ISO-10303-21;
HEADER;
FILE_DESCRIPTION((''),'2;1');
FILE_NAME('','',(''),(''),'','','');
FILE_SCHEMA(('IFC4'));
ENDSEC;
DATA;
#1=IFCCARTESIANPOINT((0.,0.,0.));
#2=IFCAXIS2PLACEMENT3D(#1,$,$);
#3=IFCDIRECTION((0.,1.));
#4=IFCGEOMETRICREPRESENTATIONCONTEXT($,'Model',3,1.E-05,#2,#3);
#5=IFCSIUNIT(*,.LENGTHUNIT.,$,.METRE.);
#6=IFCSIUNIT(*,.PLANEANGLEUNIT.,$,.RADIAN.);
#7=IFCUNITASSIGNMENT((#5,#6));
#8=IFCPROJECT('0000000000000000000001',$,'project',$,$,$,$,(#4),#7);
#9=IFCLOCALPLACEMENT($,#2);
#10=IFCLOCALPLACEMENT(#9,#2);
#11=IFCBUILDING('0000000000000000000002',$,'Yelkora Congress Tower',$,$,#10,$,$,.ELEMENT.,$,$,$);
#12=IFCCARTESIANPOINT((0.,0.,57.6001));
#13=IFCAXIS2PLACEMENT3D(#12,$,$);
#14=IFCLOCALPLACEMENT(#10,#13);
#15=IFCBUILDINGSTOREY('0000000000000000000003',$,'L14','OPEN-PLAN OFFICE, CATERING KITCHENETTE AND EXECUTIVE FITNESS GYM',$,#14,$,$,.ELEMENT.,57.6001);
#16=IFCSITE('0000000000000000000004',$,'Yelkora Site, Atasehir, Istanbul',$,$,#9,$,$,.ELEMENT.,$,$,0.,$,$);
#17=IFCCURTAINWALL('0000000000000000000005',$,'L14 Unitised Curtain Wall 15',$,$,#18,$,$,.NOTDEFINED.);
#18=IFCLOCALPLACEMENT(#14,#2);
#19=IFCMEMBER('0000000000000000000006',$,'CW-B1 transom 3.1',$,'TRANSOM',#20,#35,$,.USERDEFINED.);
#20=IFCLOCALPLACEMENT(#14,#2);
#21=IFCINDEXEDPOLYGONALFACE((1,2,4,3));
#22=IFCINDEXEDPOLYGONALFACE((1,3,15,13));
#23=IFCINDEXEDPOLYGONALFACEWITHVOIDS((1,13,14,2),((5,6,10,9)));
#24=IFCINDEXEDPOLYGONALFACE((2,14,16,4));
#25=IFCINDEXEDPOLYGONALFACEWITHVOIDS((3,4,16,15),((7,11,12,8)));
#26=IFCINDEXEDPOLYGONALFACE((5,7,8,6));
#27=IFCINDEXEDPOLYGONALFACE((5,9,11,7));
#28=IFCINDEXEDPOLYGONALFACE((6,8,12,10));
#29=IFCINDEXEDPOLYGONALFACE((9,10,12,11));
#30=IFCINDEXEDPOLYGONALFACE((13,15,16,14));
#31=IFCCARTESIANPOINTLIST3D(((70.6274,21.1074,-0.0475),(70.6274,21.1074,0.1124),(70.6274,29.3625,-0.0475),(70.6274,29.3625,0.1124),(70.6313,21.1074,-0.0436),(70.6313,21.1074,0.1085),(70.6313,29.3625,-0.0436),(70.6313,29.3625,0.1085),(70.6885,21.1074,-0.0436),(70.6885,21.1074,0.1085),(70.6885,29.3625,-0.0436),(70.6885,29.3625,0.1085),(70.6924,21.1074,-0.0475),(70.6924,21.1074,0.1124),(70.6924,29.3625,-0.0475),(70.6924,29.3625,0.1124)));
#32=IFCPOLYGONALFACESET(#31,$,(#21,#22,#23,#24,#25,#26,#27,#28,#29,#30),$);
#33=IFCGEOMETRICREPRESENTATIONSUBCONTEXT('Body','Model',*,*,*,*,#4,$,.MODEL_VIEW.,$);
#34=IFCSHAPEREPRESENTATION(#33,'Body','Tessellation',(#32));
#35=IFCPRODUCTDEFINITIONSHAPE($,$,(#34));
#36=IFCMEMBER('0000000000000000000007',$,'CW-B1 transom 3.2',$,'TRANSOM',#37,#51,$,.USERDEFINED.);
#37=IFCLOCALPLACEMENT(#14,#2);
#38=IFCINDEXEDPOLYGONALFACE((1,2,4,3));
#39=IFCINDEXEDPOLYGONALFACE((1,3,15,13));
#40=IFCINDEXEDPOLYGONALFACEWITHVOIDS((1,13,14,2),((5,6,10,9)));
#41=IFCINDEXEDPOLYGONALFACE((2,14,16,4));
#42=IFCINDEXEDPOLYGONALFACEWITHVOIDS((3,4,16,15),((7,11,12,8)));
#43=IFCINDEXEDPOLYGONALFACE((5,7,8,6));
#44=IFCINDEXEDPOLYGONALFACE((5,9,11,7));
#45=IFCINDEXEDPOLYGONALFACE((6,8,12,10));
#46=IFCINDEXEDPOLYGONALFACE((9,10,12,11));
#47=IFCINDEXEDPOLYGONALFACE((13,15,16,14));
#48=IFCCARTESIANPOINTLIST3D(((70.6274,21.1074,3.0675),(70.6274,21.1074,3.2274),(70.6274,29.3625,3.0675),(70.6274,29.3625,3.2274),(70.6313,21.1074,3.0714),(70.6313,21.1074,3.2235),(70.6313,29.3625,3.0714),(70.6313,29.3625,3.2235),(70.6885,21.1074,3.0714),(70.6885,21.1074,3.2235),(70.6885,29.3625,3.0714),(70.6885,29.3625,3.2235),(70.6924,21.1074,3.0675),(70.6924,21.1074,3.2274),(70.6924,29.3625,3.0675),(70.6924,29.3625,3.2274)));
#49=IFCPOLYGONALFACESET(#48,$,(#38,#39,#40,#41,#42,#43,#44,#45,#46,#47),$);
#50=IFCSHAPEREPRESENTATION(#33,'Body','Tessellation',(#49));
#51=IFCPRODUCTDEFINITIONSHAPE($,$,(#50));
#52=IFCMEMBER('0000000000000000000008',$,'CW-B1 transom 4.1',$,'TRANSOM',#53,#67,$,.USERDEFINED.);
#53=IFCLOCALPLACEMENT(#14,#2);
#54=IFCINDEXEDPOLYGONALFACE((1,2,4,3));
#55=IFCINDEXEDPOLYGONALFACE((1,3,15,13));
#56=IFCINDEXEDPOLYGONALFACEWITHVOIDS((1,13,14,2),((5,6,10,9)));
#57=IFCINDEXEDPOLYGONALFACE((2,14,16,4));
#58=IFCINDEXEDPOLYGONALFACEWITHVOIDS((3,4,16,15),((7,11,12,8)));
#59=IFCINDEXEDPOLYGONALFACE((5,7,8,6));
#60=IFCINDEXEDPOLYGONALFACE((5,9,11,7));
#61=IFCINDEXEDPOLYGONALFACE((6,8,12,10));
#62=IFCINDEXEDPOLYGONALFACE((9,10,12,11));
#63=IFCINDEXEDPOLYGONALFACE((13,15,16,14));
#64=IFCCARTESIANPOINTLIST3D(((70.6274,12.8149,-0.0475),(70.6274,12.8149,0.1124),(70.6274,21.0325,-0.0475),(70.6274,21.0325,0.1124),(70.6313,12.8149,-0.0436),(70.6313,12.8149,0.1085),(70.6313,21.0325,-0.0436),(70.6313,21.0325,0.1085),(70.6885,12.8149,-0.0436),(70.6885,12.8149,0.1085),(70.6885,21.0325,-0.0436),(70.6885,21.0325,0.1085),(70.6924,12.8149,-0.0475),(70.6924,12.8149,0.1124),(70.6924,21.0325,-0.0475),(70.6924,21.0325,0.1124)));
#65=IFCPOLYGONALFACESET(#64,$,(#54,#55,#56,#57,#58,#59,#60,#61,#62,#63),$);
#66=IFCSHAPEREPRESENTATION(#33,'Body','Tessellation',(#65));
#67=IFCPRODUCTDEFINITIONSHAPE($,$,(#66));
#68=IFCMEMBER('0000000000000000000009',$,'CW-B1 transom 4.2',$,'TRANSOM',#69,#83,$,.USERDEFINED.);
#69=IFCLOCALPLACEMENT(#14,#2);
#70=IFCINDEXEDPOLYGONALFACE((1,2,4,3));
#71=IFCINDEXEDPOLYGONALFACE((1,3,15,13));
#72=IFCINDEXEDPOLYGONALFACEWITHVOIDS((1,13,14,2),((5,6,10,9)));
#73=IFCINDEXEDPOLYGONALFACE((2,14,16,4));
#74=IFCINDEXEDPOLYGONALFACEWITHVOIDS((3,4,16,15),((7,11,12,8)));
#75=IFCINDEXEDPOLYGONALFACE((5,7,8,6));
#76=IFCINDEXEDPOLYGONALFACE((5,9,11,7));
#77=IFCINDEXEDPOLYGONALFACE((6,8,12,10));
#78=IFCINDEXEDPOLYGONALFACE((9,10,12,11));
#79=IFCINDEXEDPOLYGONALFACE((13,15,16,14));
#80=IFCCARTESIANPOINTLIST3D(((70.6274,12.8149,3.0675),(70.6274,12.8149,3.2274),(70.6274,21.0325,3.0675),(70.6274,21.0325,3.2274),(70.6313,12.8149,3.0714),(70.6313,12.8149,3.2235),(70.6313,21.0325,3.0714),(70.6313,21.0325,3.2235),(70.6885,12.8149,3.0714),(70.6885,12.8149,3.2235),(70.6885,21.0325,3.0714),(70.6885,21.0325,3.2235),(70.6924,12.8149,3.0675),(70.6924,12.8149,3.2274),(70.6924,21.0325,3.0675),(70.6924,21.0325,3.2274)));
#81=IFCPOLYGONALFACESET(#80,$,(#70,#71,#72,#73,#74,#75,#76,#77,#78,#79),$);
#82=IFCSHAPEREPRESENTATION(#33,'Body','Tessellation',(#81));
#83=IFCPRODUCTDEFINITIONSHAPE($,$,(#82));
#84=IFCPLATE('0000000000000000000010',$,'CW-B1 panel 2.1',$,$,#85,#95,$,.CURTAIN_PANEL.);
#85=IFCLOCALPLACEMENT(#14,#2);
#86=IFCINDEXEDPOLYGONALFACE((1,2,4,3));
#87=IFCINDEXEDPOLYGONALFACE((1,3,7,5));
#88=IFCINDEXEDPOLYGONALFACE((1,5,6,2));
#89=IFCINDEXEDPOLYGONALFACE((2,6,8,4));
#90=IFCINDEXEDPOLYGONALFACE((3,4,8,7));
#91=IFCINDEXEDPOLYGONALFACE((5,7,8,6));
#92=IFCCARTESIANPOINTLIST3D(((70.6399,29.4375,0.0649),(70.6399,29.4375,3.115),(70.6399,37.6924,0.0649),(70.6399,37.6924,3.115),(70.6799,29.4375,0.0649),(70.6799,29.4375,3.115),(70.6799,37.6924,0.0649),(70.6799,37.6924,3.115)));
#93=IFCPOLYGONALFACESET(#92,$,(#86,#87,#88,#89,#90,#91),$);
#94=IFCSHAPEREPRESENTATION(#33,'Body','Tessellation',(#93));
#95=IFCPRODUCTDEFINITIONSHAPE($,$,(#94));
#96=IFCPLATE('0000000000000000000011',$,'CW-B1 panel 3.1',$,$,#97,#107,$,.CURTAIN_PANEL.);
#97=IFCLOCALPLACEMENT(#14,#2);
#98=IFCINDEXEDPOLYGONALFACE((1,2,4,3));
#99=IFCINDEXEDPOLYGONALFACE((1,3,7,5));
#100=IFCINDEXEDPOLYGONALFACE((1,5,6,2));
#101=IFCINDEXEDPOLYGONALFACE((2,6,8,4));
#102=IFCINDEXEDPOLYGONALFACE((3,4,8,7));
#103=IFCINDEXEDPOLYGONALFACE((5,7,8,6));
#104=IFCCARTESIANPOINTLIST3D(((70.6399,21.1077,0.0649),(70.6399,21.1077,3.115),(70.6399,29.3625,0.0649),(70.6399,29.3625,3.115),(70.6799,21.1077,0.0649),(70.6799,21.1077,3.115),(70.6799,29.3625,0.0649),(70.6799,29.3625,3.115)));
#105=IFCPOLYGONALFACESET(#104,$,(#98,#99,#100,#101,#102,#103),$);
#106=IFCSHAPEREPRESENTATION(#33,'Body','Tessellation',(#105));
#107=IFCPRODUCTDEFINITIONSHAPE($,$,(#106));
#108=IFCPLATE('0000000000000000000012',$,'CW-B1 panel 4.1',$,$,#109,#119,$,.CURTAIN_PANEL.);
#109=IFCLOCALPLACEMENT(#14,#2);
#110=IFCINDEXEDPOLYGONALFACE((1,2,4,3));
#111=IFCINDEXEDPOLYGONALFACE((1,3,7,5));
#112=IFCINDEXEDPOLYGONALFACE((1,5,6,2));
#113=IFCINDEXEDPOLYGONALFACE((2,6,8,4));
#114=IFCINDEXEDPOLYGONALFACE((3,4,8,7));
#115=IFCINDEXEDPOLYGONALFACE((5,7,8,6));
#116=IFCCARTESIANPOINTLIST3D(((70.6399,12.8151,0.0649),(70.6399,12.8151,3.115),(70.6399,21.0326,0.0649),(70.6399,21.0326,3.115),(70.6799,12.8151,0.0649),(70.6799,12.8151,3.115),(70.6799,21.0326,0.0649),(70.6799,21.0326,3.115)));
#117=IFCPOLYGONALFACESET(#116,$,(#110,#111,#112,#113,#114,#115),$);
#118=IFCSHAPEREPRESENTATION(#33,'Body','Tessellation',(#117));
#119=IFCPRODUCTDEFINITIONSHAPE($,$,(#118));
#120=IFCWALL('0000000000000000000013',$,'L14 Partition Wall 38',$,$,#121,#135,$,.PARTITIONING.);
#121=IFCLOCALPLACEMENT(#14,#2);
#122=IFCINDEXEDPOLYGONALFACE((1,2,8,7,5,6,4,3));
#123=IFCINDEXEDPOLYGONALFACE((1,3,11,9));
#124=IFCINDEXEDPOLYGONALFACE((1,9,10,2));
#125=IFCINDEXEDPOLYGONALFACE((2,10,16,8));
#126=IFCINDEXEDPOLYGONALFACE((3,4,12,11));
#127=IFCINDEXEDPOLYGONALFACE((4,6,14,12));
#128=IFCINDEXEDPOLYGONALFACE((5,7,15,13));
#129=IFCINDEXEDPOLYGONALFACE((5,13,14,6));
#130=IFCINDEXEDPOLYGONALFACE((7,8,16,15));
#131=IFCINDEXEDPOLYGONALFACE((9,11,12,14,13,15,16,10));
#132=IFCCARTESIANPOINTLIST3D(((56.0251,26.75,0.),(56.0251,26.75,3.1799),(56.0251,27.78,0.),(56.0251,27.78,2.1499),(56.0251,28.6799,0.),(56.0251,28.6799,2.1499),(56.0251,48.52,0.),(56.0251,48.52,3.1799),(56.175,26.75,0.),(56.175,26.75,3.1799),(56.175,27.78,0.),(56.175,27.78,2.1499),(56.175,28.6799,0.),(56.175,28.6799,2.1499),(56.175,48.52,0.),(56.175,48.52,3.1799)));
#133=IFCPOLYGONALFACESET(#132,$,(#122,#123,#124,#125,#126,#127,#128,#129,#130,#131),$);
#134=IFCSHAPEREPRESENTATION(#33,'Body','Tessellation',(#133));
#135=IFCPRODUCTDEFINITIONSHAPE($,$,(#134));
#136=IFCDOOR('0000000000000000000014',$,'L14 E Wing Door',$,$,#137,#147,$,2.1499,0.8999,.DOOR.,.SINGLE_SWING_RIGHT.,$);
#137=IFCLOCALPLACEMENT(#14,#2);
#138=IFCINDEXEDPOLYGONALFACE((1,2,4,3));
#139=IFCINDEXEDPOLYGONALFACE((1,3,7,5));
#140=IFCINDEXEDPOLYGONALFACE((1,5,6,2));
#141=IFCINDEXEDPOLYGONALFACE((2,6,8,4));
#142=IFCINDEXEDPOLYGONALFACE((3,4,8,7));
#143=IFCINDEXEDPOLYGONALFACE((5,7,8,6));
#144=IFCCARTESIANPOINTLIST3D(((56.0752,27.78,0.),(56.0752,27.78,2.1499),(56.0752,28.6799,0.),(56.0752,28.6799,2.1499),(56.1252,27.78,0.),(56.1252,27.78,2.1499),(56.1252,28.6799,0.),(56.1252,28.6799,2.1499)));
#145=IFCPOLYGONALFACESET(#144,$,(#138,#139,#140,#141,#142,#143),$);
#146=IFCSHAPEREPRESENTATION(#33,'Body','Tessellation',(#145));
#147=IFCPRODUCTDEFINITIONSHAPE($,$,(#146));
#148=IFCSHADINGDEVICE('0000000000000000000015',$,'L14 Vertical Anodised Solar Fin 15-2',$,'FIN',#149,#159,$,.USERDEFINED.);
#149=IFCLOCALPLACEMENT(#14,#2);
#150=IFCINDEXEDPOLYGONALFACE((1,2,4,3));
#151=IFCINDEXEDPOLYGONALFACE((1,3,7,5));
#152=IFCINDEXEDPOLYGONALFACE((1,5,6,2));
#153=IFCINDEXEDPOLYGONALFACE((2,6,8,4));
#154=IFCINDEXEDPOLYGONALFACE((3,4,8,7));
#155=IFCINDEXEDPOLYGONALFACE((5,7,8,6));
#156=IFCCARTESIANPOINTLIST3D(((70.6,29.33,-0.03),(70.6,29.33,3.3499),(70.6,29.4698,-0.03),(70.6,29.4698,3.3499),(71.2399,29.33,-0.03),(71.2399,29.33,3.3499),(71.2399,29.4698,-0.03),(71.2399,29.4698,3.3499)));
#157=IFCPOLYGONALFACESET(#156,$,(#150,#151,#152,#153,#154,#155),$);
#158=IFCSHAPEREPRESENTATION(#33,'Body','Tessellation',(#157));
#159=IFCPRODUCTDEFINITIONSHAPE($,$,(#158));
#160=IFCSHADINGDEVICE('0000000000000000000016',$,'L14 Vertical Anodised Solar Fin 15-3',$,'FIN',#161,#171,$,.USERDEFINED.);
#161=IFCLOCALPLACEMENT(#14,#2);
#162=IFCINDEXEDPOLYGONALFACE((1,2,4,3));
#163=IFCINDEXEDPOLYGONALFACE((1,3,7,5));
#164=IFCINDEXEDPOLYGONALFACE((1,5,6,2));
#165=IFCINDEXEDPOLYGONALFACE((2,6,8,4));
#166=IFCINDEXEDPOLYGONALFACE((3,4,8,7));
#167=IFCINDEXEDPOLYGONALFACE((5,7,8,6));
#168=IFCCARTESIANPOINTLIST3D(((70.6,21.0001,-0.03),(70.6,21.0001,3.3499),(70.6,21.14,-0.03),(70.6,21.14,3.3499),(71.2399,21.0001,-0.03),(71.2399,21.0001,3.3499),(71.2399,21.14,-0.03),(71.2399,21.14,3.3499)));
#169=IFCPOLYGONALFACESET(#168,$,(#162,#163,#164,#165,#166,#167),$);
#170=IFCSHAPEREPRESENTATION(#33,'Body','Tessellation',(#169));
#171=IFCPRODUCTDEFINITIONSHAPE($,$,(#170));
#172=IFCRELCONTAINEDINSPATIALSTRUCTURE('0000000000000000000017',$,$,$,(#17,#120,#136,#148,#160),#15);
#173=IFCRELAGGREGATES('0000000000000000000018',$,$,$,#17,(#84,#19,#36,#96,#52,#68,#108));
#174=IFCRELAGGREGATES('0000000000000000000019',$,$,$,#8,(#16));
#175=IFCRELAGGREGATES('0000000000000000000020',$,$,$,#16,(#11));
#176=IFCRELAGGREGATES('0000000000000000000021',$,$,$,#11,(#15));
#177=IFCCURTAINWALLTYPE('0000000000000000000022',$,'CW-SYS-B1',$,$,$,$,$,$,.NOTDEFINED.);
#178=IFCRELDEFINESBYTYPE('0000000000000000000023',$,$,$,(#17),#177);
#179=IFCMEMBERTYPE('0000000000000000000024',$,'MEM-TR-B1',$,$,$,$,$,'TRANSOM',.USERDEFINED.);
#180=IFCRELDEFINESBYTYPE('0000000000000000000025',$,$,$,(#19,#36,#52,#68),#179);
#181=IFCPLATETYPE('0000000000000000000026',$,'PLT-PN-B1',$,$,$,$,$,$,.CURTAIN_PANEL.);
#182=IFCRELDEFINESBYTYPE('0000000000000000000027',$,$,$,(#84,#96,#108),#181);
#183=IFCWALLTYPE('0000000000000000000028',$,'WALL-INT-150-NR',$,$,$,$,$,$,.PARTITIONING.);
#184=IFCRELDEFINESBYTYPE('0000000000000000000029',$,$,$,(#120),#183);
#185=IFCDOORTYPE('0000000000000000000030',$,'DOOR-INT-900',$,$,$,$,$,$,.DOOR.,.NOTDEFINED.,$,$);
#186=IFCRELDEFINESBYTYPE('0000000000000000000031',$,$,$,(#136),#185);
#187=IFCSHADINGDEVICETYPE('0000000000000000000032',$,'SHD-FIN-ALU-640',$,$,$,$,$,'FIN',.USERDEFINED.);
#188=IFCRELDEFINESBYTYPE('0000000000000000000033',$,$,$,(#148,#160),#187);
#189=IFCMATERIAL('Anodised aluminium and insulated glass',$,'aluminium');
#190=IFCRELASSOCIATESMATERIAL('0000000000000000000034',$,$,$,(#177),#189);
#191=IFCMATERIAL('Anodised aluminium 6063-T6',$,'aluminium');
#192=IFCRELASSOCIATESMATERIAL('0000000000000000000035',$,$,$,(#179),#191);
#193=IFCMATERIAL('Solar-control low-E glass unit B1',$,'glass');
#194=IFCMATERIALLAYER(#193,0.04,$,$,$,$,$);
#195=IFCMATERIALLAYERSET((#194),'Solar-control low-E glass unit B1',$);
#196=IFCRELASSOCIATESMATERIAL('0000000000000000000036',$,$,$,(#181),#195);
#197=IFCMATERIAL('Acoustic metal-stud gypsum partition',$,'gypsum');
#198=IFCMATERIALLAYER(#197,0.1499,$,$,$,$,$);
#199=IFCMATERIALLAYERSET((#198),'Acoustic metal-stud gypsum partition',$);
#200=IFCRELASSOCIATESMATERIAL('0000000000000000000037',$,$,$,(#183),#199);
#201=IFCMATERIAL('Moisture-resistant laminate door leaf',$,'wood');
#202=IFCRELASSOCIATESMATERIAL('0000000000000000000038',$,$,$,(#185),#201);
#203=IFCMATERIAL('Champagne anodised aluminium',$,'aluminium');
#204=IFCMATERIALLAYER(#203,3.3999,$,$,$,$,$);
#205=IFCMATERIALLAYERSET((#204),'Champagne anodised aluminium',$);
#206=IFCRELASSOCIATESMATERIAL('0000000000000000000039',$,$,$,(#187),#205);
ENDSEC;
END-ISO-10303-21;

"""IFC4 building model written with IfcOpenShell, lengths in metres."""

from ifc_helpers import new_model, si_unit, direction, frame, frame_2d, origin, origin_2d, place, context, subcontext, project, spatial, rectangle, hollow_rectangle, extrude, material, layer, layer_set, material_profile, profile_set, type_object, element, fill, aggregate, save


model = new_model("IFC4")

# Units and contexts
model_context = context("Model", 3, precision=1e-05, world=origin(), true_north=direction((0.0, 1.0)))
body_context = subcontext(model_context, "Body", "Model", "MODEL_VIEW")
ifc_project = project(units=[si_unit("LENGTHUNIT", "METRE"), si_unit("PLANEANGLEUNIT", "RADIAN")], contexts=[model_context])

# Site, building, storey
site_placement = place(None, origin())
site = spatial("IfcSite", under=ifc_project, at=site_placement, Name="Yelkora Site, Atasehir, Istanbul", CompositionType="ELEMENT", RefElevation=0.0)
building_placement = place(site_placement, origin())
building = spatial("IfcBuilding", under=site, at=building_placement, Name="Yelkora Congress Tower", CompositionType="ELEMENT")
storey_placement = place(building_placement, frame((0.0, 0.0, 57.6001)))
storey = spatial("IfcBuildingStorey", under=building, at=storey_placement, Name="L14", Description="OPEN-PLAN OFFICE, CATERING KITCHENETTE AND EXECUTIVE FITNESS GYM", CompositionType="ELEMENT", Elevation=57.6001)

# Curtain wall, members, plates
ifc_material_1 = material(Name="Anodised aluminium and insulated glass", Category="aluminium")
curtain_wall_type = type_object("IfcCurtainWallType", Name="CW-SYS-B1", PredefinedType="NOTDEFINED", material=ifc_material_1)
curtain_wall_placement = place(storey_placement, origin())
curtain_wall = element("IfcCurtainWall", 1, at=curtain_wall_placement, inside=storey, type_object=curtain_wall_type, Name="L14 Unitised Curtain Wall 15", PredefinedType="NOTDEFINED")
ifc_material_2 = material(Name="Anodised aluminium 6063-T6", Category="aluminium")
ifc_material_profile_1 = material_profile(ifc_material_2, hollow_rectangle(XDim=0.0649, YDim=0.1599, WallThickness=0.0039, at=origin_2d()), Name="ALU 65x160x4")
ifc_profile_set_1 = profile_set([ifc_material_profile_1], Name="Anodised aluminium 6063-T6")
member_type_1 = type_object("IfcMemberType", Name="MEM-TR-B1", ElementType="TRANSOM", PredefinedType="USERDEFINED", material=ifc_profile_set_1)
member_1_placement = place(storey_placement, frame((70.6599, 29.3625, 0.0325), z_axis=(0.0, -1.0, 0.0), x_axis=(1.0, 0.0, 0.0)))
member_1 = element("IfcMember", 2, at=member_1_placement, type_object=member_type_1, Name="CW-B1 transom 3.1", ObjectType="TRANSOM", PredefinedType="USERDEFINED", context=body_context, shape_type="SweptSolid", body=[
    extrude(hollow_rectangle(XDim=0.0649, YDim=0.1599, WallThickness=0.0039, at=origin_2d()), origin(), (0.0, 0.0, 1.0), 8.2551),
])
member_2_placement = place(storey_placement, frame((70.6599, 29.3625, 3.1475), z_axis=(0.0, -1.0, 0.0), x_axis=(1.0, 0.0, 0.0)))
member_2 = element("IfcMember", 3, at=member_2_placement, type_object=member_type_1, Name="CW-B1 transom 3.2", ObjectType="TRANSOM", PredefinedType="USERDEFINED", context=body_context, shape_type="SweptSolid", body=[
    extrude(hollow_rectangle(XDim=0.0649, YDim=0.1599, WallThickness=0.0039, at=origin_2d()), origin(), (0.0, 0.0, 1.0), 8.2551),
])
member_3_placement = place(storey_placement, frame((70.6599, 21.0325, 0.0325), z_axis=(0.0, -1.0, 0.0), x_axis=(1.0, 0.0, 0.0)))
member_3 = element("IfcMember", 4, at=member_3_placement, type_object=member_type_1, Name="CW-B1 transom 4.1", ObjectType="TRANSOM", PredefinedType="USERDEFINED", context=body_context, shape_type="SweptSolid", body=[
    extrude(hollow_rectangle(XDim=0.0649, YDim=0.1599, WallThickness=0.0039, at=origin_2d()), origin(), (0.0, 0.0, 1.0), 8.2175),
])
member_4_placement = place(storey_placement, frame((70.6599, 21.0325, 3.1475), z_axis=(0.0, -1.0, 0.0), x_axis=(1.0, 0.0, 0.0)))
member_4 = element("IfcMember", 5, at=member_4_placement, type_object=member_type_1, Name="CW-B1 transom 4.2", ObjectType="TRANSOM", PredefinedType="USERDEFINED", context=body_context, shape_type="SweptSolid", body=[
    extrude(hollow_rectangle(XDim=0.0649, YDim=0.1599, WallThickness=0.0039, at=origin_2d()), origin(), (0.0, 0.0, 1.0), 8.2175),
])
ifc_material_3 = material(Name="Solar-control low-E glass unit B1", Category="glass")
ifc_layer_1 = layer(ifc_material_3, 0.04)
ifc_layer_set_1 = layer_set([ifc_layer_1], Name="Solar-control low-E glass unit B1")
plate_type = type_object("IfcPlateType", Name="PLT-PN-B1", PredefinedType="CURTAIN_PANEL", material=ifc_layer_set_1)
plate_1_placement = place(storey_placement, frame((70.6599, 33.5649, 0.0649), z_axis=(0.0, 0.0, 1.0), x_axis=(0.0, -1.0, 0.0)))
plate_1 = element("IfcPlate", 6, at=plate_1_placement, type_object=plate_type, Name="CW-B1 panel 2.1", PredefinedType="CURTAIN_PANEL", context=body_context, shape_type="SweptSolid", body=[
    extrude(rectangle(XDim=8.2549, YDim=0.04, at=origin_2d()), origin(), (0.0, 0.0, 1.0), 3.05),
])
plate_2_placement = place(storey_placement, frame((70.6599, 25.2351, 0.0649), z_axis=(0.0, 0.0, 1.0), x_axis=(0.0, -1.0, 0.0)))
plate_2 = element("IfcPlate", 7, at=plate_2_placement, type_object=plate_type, Name="CW-B1 panel 3.1", PredefinedType="CURTAIN_PANEL", context=body_context, shape_type="SweptSolid", body=[
    extrude(rectangle(XDim=8.2549, YDim=0.04, at=origin_2d()), origin(), (0.0, 0.0, 1.0), 3.05),
])
plate_3_placement = place(storey_placement, frame((70.6599, 16.9238, 0.0649), z_axis=(0.0, 0.0, 1.0), x_axis=(0.0, -1.0, 0.0)))
plate_3 = element("IfcPlate", 8, at=plate_3_placement, type_object=plate_type, Name="CW-B1 panel 4.1", PredefinedType="CURTAIN_PANEL", context=body_context, shape_type="SweptSolid", body=[
    extrude(rectangle(XDim=8.2175, YDim=0.04, at=origin_2d()), origin(), (0.0, 0.0, 1.0), 3.05),
])
aggregate(curtain_wall, [plate_1, member_1, member_2, plate_2, member_3, member_4, plate_3])

# Wall, opening, door
ifc_material_4 = material(Name="Acoustic metal-stud gypsum partition", Category="gypsum")
ifc_layer_2 = layer(ifc_material_4, 0.1499)
ifc_layer_set_2 = layer_set([ifc_layer_2], Name="Acoustic metal-stud gypsum partition")
wall_type = type_object("IfcWallType", Name="WALL-INT-150-NR", PredefinedType="PARTITIONING", material=ifc_layer_set_2)
wall_placement = place(storey_placement, frame((56.1001, 26.75, 0.0), z_axis=(0.0, 0.0, 1.0), x_axis=(0.0, 1.0, 0.0)))
wall = element("IfcWall", 9, at=wall_placement, inside=storey, type_object=wall_type, Name="L14 Partition Wall 38", PredefinedType="PARTITIONING", context=body_context, shape_type="SweptSolid", body=[
    extrude(rectangle(XDim=21.77, YDim=0.1499, at=frame_2d((10.885, 0.0))), origin(), (0.0, 0.0, 1.0), 3.1799),
])
opening_placement = place(wall_placement, frame((1.03, 0.0, 0.0)))
opening = element("IfcOpeningElement", 10, at=opening_placement, cuts=wall, PredefinedType="OPENING", context=body_context, shape_type="SweptSolid", body=[
    extrude(rectangle(XDim=0.8999, YDim=2.1499, at=frame_2d((0.45, 1.075))), frame((0.0, 0.085, 0.0), z_axis=(0.0, -1.0, 0.0), x_axis=(1.0, 0.0, 0.0)), (0.0, 0.0, 1.0), 0.1699),
])
ifc_material_5 = material(Name="Moisture-resistant laminate door leaf", Category="wood")
door_type = type_object("IfcDoorType", Name="DOOR-INT-900", OperationType="NOTDEFINED", PredefinedType="DOOR", material=ifc_material_5)
door_placement = place(opening_placement, origin())
door = element("IfcDoor", 11, at=door_placement, inside=storey, type_object=door_type, Name="L14 E Wing Door", OperationType="SINGLE_SWING_RIGHT", OverallHeight=2.1499, OverallWidth=0.8999, PredefinedType="DOOR", context=body_context, shape_type="SweptSolid", body=[
    extrude(rectangle(XDim=0.8999, YDim=2.1499, at=frame_2d((0.45, 1.075))), frame((0.0, 0.0249, 0.0), z_axis=(0.0, -1.0, 0.0), x_axis=(1.0, 0.0, 0.0)), (0.0, 0.0, 1.0), 0.05),
])
fill(opening, door)

# Shading devices
ifc_material_6 = material(Name="Champagne anodised aluminium", Category="aluminium")
ifc_layer_3 = layer(ifc_material_6, 3.3999)
ifc_layer_set_3 = layer_set([ifc_layer_3], Name="Champagne anodised aluminium")
shading_device_type = type_object("IfcShadingDeviceType", Name="SHD-FIN-ALU-640", ElementType="FIN", PredefinedType="USERDEFINED", material=ifc_layer_set_3)
for number, where, z_axis, x_axis, name in (
    (12, (70.9199, 29.3999, -0.03), (0.0, 0.0, 1.0), (0.0, -1.0, 0.0), "L14 Vertical Anodised Solar Fin 15-2"),
    (13, (70.9199, 21.0701, -0.03), (0.0, 0.0, 1.0), (0.0, -1.0, 0.0), "L14 Vertical Anodised Solar Fin 15-3"),
):
    element("IfcShadingDevice", number, at=place(storey_placement, frame(where, z_axis=z_axis, x_axis=x_axis)), inside=storey, type_object=shading_device_type, Name=name, ObjectType="FIN", PredefinedType="USERDEFINED", context=body_context, shape_type="SweptSolid", body=[
        extrude(rectangle(XDim=0.1399, YDim=0.6399, at=origin_2d()), origin(), (0.0, 0.0, 1.0), 3.3799),
    ])

save(model, "model.ifc")
